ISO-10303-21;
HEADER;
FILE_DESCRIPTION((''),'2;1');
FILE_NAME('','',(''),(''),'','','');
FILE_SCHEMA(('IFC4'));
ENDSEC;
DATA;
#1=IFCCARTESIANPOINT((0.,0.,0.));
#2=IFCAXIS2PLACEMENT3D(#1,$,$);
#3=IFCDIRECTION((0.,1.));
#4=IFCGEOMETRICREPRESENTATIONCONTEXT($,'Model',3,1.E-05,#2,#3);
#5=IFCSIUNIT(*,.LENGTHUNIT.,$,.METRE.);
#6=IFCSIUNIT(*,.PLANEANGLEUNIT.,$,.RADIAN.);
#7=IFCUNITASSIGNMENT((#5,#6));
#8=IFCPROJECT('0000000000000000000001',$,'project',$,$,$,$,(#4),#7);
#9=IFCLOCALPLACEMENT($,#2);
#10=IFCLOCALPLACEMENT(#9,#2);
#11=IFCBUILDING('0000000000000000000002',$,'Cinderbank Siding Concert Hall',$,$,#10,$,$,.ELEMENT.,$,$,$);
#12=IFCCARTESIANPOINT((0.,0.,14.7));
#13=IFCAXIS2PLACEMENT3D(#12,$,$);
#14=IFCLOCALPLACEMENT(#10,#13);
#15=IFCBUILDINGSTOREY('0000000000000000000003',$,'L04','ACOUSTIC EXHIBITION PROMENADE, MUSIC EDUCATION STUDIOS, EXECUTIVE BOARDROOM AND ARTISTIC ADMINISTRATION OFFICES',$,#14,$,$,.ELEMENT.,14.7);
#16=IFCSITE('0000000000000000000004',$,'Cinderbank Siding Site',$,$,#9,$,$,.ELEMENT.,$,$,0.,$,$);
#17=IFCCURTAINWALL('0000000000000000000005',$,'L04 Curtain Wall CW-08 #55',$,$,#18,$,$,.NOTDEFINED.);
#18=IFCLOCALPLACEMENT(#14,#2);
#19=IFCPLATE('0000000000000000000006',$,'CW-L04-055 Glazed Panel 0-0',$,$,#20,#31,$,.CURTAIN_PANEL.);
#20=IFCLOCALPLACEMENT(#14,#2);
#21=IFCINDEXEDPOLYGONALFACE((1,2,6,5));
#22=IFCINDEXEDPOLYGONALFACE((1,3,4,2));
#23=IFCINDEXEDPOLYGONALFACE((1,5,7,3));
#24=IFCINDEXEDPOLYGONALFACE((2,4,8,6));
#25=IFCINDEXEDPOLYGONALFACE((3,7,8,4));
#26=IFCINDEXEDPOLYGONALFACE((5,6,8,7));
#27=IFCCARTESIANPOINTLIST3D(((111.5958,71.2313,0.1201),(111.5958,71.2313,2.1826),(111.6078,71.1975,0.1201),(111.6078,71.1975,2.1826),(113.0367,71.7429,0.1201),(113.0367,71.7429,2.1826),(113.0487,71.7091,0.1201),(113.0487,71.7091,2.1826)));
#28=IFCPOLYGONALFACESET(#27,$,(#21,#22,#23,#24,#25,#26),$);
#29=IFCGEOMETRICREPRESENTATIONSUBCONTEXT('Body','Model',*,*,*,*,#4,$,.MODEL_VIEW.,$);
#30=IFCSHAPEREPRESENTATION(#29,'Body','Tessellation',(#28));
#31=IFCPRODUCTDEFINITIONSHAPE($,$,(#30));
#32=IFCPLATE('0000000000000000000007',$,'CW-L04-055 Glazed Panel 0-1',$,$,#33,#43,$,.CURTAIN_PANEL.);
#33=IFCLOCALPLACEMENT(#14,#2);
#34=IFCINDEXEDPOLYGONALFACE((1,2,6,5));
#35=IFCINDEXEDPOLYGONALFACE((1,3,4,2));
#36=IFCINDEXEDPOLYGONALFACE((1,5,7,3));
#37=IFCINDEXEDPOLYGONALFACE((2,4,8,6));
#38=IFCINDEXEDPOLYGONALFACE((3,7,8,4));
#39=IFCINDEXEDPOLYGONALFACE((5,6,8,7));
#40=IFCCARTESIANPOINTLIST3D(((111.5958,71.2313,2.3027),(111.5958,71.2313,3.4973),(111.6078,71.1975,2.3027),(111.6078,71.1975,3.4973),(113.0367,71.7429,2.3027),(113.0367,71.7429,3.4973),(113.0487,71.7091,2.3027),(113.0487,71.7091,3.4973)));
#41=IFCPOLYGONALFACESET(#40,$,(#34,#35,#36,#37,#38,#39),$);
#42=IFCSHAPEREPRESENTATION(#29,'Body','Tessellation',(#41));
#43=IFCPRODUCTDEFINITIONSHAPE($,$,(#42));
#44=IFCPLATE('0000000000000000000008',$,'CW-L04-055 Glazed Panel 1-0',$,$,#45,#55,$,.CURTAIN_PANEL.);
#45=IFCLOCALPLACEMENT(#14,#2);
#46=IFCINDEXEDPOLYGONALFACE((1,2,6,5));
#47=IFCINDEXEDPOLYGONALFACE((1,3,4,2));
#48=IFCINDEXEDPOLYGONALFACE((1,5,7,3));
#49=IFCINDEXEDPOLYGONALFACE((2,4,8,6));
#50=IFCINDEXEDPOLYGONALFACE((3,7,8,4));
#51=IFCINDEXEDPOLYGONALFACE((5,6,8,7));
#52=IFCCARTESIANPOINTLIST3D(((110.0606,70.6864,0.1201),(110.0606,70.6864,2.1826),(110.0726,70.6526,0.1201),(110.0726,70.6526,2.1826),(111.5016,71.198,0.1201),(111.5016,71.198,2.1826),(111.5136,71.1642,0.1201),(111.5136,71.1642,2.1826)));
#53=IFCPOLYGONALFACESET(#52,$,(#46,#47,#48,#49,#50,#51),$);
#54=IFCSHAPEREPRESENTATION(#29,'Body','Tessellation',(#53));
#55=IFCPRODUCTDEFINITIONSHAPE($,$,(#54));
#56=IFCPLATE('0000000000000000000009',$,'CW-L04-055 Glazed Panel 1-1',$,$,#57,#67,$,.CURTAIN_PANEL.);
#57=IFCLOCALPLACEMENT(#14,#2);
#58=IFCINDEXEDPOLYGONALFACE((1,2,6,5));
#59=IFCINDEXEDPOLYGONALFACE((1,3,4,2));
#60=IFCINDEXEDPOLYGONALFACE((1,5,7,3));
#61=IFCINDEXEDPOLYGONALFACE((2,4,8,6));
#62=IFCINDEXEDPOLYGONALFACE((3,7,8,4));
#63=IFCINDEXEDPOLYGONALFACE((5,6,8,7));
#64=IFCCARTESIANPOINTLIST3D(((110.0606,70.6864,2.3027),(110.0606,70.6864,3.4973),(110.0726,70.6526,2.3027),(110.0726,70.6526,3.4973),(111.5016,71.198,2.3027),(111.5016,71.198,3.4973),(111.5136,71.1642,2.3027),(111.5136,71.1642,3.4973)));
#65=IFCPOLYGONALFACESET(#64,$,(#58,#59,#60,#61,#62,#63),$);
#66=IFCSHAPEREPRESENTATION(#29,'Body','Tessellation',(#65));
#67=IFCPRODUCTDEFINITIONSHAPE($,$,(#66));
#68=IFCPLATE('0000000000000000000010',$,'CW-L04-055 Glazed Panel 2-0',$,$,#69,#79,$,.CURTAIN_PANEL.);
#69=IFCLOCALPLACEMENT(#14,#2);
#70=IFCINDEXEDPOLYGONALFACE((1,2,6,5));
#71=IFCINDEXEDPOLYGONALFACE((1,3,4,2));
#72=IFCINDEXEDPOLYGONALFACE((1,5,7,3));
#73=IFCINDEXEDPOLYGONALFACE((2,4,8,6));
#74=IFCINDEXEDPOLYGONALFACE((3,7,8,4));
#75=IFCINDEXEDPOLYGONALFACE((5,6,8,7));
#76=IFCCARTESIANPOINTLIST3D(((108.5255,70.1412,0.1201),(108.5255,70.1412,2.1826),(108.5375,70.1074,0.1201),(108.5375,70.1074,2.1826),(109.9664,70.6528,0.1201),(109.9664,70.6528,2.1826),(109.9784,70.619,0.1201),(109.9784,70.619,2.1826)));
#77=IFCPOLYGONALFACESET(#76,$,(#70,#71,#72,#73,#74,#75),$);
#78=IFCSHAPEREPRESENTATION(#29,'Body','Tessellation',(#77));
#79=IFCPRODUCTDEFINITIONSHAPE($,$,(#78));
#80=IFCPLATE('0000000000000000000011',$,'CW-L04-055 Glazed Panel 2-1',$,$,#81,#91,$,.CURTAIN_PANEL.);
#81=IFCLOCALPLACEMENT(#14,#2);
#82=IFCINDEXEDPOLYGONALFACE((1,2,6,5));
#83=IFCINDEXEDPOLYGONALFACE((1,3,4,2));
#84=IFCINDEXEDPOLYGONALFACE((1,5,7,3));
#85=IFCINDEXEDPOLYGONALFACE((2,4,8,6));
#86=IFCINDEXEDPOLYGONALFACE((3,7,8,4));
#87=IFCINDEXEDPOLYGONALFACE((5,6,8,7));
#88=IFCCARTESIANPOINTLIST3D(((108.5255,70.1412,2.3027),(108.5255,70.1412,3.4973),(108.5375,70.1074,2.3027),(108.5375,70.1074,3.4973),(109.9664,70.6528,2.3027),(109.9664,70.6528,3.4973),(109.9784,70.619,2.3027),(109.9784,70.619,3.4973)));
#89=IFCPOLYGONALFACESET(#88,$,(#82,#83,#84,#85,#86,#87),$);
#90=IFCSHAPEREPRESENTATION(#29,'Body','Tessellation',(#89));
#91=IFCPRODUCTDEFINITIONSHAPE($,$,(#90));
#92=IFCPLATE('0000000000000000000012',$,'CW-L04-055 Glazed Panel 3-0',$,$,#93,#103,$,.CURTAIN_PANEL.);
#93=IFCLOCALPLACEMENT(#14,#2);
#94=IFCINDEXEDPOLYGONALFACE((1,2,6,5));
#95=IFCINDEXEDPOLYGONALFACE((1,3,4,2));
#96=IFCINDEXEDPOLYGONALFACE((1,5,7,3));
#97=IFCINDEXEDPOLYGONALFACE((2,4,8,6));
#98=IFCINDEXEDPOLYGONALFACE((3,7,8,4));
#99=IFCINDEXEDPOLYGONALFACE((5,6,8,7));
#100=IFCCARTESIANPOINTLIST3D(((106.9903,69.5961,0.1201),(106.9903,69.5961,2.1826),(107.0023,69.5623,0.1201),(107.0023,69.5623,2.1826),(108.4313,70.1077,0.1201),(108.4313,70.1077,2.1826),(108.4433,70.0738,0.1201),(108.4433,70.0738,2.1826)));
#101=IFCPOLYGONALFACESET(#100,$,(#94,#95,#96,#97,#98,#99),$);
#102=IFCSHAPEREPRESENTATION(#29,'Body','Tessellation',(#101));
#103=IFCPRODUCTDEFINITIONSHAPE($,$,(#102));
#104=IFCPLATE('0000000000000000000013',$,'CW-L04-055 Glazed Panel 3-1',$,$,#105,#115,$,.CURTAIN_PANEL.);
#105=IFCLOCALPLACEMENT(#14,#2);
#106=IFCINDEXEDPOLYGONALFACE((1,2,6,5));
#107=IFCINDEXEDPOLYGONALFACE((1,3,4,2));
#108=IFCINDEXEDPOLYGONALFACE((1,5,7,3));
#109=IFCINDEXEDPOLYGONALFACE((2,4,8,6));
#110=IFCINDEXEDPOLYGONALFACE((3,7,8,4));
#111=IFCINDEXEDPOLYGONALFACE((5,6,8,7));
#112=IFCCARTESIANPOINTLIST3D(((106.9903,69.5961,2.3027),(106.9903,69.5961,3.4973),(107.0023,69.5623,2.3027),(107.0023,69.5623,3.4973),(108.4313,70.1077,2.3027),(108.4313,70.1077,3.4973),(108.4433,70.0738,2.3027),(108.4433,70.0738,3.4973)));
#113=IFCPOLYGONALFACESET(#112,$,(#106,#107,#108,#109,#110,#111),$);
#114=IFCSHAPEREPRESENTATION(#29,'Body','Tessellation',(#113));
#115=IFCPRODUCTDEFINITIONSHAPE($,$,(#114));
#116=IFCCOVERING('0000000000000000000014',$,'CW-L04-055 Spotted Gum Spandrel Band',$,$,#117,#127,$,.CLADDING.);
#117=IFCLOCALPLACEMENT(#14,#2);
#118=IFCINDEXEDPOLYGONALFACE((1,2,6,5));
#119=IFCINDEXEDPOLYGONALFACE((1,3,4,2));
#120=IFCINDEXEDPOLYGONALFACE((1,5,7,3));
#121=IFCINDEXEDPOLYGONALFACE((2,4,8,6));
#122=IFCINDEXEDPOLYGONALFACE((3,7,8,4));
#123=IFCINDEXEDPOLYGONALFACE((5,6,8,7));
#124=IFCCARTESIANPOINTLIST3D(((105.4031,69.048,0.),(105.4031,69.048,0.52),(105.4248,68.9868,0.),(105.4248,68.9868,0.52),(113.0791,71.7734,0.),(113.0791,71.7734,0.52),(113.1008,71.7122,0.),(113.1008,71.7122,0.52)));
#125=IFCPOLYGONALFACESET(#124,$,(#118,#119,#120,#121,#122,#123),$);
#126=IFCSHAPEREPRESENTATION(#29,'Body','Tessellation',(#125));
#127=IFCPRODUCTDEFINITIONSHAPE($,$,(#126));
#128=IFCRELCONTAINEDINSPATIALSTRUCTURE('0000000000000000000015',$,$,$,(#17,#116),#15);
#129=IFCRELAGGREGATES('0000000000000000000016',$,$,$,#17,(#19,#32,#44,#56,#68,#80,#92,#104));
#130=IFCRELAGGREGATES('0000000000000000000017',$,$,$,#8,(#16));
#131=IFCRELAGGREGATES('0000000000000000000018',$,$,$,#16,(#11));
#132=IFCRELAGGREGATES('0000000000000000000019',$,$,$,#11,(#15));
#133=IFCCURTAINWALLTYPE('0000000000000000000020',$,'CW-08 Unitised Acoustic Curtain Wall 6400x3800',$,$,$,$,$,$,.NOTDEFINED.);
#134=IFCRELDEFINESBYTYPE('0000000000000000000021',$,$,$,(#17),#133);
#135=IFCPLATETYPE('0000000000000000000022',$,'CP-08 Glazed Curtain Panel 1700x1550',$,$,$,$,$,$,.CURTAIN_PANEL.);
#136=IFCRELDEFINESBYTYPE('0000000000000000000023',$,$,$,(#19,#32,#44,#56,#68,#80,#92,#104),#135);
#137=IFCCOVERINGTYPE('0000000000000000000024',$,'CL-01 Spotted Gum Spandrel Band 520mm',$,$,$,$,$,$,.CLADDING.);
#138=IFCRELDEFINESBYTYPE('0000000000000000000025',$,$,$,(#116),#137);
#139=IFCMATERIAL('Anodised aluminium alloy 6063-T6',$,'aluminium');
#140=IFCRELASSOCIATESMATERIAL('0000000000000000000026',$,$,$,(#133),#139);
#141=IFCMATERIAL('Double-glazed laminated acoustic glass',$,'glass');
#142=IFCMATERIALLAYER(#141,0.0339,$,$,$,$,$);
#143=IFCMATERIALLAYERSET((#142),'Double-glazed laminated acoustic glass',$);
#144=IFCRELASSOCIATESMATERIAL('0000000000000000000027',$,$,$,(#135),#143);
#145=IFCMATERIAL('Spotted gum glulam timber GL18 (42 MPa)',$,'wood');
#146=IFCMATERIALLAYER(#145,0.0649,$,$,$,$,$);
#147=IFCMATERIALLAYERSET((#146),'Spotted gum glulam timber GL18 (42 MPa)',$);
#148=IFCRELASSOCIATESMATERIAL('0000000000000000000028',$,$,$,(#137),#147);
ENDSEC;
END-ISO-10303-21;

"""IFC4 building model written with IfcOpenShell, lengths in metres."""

from ifc_helpers import new_model, si_unit, direction, frame, origin, origin_2d, place, context, subcontext, project, spatial, rectangle, extrude, material, layer, layer_set, type_object, element, aggregate, save


model = new_model("IFC4")

# Units and contexts
model_context = context("Model", 3, precision=1e-05, world=origin(), true_north=direction((0.0, 1.0)))
body_context = subcontext(model_context, "Body", "Model", "MODEL_VIEW")
ifc_project = project(units=[si_unit("LENGTHUNIT", "METRE"), si_unit("PLANEANGLEUNIT", "RADIAN")], contexts=[model_context])

# Site, building, storey
site_placement = place(None, origin())
site = spatial("IfcSite", under=ifc_project, at=site_placement, Name="Cinderbank Siding Site", CompositionType="ELEMENT", RefElevation=0.0)
building_placement = place(site_placement, origin())
building = spatial("IfcBuilding", under=site, at=building_placement, Name="Cinderbank Siding Concert Hall", CompositionType="ELEMENT")
storey_placement = place(building_placement, frame((0.0, 0.0, 14.7)))
storey = spatial("IfcBuildingStorey", under=building, at=storey_placement, Name="L04", Description="ACOUSTIC EXHIBITION PROMENADE, MUSIC EDUCATION STUDIOS, EXECUTIVE BOARDROOM AND ARTISTIC ADMINISTRATION OFFICES", CompositionType="ELEMENT", Elevation=14.7)

# Curtain wall, plates
ifc_material_1 = material(Name="Anodised aluminium alloy 6063-T6", Category="aluminium")
curtain_wall_type = type_object("IfcCurtainWallType", Name="CW-08 Unitised Acoustic Curtain Wall 6400x3800", PredefinedType="NOTDEFINED", material=ifc_material_1)
curtain_wall_placement = place(storey_placement, origin())
curtain_wall = element("IfcCurtainWall", 1, at=curtain_wall_placement, inside=storey, type_object=curtain_wall_type, Name="L04 Curtain Wall CW-08 #55", PredefinedType="NOTDEFINED")
ifc_material_2 = material(Name="Double-glazed laminated acoustic glass", Category="glass")
ifc_layer_1 = layer(ifc_material_2, 0.0339)
ifc_layer_set_1 = layer_set([ifc_layer_1], Name="Double-glazed laminated acoustic glass")
plate_type = type_object("IfcPlateType", Name="CP-08 Glazed Curtain Panel 1700x1550", PredefinedType="CURTAIN_PANEL", material=ifc_layer_set_1)
plate_1_placement = place(storey_placement, frame((112.3223, 71.4702, 0.1201), z_axis=(0.0, 0.0, 1.0), x_axis=(-0.942366, -0.334585, 0.0)))
plate_1 = element("IfcPlate", 2, at=plate_1_placement, type_object=plate_type, Name="CW-L04-055 Glazed Panel 0-0", PredefinedType="CURTAIN_PANEL", context=body_context, shape_type="SweptSolid", body=[
    extrude(rectangle(XDim=1.5291, YDim=0.0359, at=origin_2d()), origin(), (0.0, 0.0, 1.0), 2.0625),
])
plate_2_placement = place(storey_placement, frame((112.3223, 71.4702, 2.3027), z_axis=(0.0, 0.0, 1.0), x_axis=(-0.942366, -0.334585, 0.0)))
plate_2 = element("IfcPlate", 3, at=plate_2_placement, type_object=plate_type, Name="CW-L04-055 Glazed Panel 0-1", PredefinedType="CURTAIN_PANEL", context=body_context, shape_type="SweptSolid", body=[
    extrude(rectangle(XDim=1.5291, YDim=0.0359, at=origin_2d()), origin(), (0.0, 0.0, 1.0), 1.1946),
])
plate_3_placement = place(storey_placement, frame((110.7871, 70.9253, 0.1201), z_axis=(0.0, 0.0, 1.0), x_axis=(-0.942366, -0.334585, 0.0)))
plate_3 = element("IfcPlate", 4, at=plate_3_placement, type_object=plate_type, Name="CW-L04-055 Glazed Panel 1-0", PredefinedType="CURTAIN_PANEL", context=body_context, shape_type="SweptSolid", body=[
    extrude(rectangle(XDim=1.5291, YDim=0.0359, at=origin_2d()), origin(), (0.0, 0.0, 1.0), 2.0625),
])
plate_4_placement = place(storey_placement, frame((110.7871, 70.9253, 2.3027), z_axis=(0.0, 0.0, 1.0), x_axis=(-0.942366, -0.334585, 0.0)))
plate_4 = element("IfcPlate", 5, at=plate_4_placement, type_object=plate_type, Name="CW-L04-055 Glazed Panel 1-1", PredefinedType="CURTAIN_PANEL", context=body_context, shape_type="SweptSolid", body=[
    extrude(rectangle(XDim=1.5291, YDim=0.0359, at=origin_2d()), origin(), (0.0, 0.0, 1.0), 1.1946),
])
plate_5_placement = place(storey_placement, frame((109.252, 70.3801, 0.1201), z_axis=(0.0, 0.0, 1.0), x_axis=(-0.942366, -0.334585, 0.0)))
plate_5 = element("IfcPlate", 6, at=plate_5_placement, type_object=plate_type, Name="CW-L04-055 Glazed Panel 2-0", PredefinedType="CURTAIN_PANEL", context=body_context, shape_type="SweptSolid", body=[
    extrude(rectangle(XDim=1.5291, YDim=0.0359, at=origin_2d()), origin(), (0.0, 0.0, 1.0), 2.0625),
])
plate_6_placement = place(storey_placement, frame((109.252, 70.3801, 2.3027), z_axis=(0.0, 0.0, 1.0), x_axis=(-0.942366, -0.334585, 0.0)))
plate_6 = element("IfcPlate", 7, at=plate_6_placement, type_object=plate_type, Name="CW-L04-055 Glazed Panel 2-1", PredefinedType="CURTAIN_PANEL", context=body_context, shape_type="SweptSolid", body=[
    extrude(rectangle(XDim=1.5291, YDim=0.0359, at=origin_2d()), origin(), (0.0, 0.0, 1.0), 1.1946),
])
plate_7_placement = place(storey_placement, frame((107.7168, 69.835, 0.1201), z_axis=(0.0, 0.0, 1.0), x_axis=(-0.942366, -0.334585, 0.0)))
plate_7 = element("IfcPlate", 8, at=plate_7_placement, type_object=plate_type, Name="CW-L04-055 Glazed Panel 3-0", PredefinedType="CURTAIN_PANEL", context=body_context, shape_type="SweptSolid", body=[
    extrude(rectangle(XDim=1.5291, YDim=0.0359, at=origin_2d()), origin(), (0.0, 0.0, 1.0), 2.0625),
])
plate_8_placement = place(storey_placement, frame((107.7168, 69.835, 2.3027), z_axis=(0.0, 0.0, 1.0), x_axis=(-0.942366, -0.334585, 0.0)))
plate_8 = element("IfcPlate", 9, at=plate_8_placement, type_object=plate_type, Name="CW-L04-055 Glazed Panel 3-1", PredefinedType="CURTAIN_PANEL", context=body_context, shape_type="SweptSolid", body=[
    extrude(rectangle(XDim=1.5291, YDim=0.0359, at=origin_2d()), origin(), (0.0, 0.0, 1.0), 1.1946),
])
aggregate(curtain_wall, [plate_1, plate_2, plate_3, plate_4, plate_5, plate_6, plate_7, plate_8])

# Covering
ifc_material_3 = material(Name="Spotted gum glulam timber GL18 (42 MPa)", Category="wood")
ifc_layer_2 = layer(ifc_material_3, 0.0649)
ifc_layer_set_2 = layer_set([ifc_layer_2], Name="Spotted gum glulam timber GL18 (42 MPa)")
covering_type = type_object("IfcCoveringType", Name="CL-01 Spotted Gum Spandrel Band 520mm", PredefinedType="CLADDING", material=ifc_layer_set_2)
covering_placement = place(storey_placement, frame((109.252, 70.3801, 0.0), z_axis=(0.0, 0.0, 1.0), x_axis=(-0.942366, -0.334585, 0.0)))
element("IfcCovering", 10, at=covering_placement, inside=storey, type_object=covering_type, Name="CW-L04-055 Spotted Gum Spandrel Band", PredefinedType="CLADDING", context=body_context, shape_type="SweptSolid", body=[
    extrude(rectangle(XDim=8.1455, YDim=0.0649, at=origin_2d()), origin(), (0.0, 0.0, 1.0), 0.52),
])

save(model, "model.ifc")
